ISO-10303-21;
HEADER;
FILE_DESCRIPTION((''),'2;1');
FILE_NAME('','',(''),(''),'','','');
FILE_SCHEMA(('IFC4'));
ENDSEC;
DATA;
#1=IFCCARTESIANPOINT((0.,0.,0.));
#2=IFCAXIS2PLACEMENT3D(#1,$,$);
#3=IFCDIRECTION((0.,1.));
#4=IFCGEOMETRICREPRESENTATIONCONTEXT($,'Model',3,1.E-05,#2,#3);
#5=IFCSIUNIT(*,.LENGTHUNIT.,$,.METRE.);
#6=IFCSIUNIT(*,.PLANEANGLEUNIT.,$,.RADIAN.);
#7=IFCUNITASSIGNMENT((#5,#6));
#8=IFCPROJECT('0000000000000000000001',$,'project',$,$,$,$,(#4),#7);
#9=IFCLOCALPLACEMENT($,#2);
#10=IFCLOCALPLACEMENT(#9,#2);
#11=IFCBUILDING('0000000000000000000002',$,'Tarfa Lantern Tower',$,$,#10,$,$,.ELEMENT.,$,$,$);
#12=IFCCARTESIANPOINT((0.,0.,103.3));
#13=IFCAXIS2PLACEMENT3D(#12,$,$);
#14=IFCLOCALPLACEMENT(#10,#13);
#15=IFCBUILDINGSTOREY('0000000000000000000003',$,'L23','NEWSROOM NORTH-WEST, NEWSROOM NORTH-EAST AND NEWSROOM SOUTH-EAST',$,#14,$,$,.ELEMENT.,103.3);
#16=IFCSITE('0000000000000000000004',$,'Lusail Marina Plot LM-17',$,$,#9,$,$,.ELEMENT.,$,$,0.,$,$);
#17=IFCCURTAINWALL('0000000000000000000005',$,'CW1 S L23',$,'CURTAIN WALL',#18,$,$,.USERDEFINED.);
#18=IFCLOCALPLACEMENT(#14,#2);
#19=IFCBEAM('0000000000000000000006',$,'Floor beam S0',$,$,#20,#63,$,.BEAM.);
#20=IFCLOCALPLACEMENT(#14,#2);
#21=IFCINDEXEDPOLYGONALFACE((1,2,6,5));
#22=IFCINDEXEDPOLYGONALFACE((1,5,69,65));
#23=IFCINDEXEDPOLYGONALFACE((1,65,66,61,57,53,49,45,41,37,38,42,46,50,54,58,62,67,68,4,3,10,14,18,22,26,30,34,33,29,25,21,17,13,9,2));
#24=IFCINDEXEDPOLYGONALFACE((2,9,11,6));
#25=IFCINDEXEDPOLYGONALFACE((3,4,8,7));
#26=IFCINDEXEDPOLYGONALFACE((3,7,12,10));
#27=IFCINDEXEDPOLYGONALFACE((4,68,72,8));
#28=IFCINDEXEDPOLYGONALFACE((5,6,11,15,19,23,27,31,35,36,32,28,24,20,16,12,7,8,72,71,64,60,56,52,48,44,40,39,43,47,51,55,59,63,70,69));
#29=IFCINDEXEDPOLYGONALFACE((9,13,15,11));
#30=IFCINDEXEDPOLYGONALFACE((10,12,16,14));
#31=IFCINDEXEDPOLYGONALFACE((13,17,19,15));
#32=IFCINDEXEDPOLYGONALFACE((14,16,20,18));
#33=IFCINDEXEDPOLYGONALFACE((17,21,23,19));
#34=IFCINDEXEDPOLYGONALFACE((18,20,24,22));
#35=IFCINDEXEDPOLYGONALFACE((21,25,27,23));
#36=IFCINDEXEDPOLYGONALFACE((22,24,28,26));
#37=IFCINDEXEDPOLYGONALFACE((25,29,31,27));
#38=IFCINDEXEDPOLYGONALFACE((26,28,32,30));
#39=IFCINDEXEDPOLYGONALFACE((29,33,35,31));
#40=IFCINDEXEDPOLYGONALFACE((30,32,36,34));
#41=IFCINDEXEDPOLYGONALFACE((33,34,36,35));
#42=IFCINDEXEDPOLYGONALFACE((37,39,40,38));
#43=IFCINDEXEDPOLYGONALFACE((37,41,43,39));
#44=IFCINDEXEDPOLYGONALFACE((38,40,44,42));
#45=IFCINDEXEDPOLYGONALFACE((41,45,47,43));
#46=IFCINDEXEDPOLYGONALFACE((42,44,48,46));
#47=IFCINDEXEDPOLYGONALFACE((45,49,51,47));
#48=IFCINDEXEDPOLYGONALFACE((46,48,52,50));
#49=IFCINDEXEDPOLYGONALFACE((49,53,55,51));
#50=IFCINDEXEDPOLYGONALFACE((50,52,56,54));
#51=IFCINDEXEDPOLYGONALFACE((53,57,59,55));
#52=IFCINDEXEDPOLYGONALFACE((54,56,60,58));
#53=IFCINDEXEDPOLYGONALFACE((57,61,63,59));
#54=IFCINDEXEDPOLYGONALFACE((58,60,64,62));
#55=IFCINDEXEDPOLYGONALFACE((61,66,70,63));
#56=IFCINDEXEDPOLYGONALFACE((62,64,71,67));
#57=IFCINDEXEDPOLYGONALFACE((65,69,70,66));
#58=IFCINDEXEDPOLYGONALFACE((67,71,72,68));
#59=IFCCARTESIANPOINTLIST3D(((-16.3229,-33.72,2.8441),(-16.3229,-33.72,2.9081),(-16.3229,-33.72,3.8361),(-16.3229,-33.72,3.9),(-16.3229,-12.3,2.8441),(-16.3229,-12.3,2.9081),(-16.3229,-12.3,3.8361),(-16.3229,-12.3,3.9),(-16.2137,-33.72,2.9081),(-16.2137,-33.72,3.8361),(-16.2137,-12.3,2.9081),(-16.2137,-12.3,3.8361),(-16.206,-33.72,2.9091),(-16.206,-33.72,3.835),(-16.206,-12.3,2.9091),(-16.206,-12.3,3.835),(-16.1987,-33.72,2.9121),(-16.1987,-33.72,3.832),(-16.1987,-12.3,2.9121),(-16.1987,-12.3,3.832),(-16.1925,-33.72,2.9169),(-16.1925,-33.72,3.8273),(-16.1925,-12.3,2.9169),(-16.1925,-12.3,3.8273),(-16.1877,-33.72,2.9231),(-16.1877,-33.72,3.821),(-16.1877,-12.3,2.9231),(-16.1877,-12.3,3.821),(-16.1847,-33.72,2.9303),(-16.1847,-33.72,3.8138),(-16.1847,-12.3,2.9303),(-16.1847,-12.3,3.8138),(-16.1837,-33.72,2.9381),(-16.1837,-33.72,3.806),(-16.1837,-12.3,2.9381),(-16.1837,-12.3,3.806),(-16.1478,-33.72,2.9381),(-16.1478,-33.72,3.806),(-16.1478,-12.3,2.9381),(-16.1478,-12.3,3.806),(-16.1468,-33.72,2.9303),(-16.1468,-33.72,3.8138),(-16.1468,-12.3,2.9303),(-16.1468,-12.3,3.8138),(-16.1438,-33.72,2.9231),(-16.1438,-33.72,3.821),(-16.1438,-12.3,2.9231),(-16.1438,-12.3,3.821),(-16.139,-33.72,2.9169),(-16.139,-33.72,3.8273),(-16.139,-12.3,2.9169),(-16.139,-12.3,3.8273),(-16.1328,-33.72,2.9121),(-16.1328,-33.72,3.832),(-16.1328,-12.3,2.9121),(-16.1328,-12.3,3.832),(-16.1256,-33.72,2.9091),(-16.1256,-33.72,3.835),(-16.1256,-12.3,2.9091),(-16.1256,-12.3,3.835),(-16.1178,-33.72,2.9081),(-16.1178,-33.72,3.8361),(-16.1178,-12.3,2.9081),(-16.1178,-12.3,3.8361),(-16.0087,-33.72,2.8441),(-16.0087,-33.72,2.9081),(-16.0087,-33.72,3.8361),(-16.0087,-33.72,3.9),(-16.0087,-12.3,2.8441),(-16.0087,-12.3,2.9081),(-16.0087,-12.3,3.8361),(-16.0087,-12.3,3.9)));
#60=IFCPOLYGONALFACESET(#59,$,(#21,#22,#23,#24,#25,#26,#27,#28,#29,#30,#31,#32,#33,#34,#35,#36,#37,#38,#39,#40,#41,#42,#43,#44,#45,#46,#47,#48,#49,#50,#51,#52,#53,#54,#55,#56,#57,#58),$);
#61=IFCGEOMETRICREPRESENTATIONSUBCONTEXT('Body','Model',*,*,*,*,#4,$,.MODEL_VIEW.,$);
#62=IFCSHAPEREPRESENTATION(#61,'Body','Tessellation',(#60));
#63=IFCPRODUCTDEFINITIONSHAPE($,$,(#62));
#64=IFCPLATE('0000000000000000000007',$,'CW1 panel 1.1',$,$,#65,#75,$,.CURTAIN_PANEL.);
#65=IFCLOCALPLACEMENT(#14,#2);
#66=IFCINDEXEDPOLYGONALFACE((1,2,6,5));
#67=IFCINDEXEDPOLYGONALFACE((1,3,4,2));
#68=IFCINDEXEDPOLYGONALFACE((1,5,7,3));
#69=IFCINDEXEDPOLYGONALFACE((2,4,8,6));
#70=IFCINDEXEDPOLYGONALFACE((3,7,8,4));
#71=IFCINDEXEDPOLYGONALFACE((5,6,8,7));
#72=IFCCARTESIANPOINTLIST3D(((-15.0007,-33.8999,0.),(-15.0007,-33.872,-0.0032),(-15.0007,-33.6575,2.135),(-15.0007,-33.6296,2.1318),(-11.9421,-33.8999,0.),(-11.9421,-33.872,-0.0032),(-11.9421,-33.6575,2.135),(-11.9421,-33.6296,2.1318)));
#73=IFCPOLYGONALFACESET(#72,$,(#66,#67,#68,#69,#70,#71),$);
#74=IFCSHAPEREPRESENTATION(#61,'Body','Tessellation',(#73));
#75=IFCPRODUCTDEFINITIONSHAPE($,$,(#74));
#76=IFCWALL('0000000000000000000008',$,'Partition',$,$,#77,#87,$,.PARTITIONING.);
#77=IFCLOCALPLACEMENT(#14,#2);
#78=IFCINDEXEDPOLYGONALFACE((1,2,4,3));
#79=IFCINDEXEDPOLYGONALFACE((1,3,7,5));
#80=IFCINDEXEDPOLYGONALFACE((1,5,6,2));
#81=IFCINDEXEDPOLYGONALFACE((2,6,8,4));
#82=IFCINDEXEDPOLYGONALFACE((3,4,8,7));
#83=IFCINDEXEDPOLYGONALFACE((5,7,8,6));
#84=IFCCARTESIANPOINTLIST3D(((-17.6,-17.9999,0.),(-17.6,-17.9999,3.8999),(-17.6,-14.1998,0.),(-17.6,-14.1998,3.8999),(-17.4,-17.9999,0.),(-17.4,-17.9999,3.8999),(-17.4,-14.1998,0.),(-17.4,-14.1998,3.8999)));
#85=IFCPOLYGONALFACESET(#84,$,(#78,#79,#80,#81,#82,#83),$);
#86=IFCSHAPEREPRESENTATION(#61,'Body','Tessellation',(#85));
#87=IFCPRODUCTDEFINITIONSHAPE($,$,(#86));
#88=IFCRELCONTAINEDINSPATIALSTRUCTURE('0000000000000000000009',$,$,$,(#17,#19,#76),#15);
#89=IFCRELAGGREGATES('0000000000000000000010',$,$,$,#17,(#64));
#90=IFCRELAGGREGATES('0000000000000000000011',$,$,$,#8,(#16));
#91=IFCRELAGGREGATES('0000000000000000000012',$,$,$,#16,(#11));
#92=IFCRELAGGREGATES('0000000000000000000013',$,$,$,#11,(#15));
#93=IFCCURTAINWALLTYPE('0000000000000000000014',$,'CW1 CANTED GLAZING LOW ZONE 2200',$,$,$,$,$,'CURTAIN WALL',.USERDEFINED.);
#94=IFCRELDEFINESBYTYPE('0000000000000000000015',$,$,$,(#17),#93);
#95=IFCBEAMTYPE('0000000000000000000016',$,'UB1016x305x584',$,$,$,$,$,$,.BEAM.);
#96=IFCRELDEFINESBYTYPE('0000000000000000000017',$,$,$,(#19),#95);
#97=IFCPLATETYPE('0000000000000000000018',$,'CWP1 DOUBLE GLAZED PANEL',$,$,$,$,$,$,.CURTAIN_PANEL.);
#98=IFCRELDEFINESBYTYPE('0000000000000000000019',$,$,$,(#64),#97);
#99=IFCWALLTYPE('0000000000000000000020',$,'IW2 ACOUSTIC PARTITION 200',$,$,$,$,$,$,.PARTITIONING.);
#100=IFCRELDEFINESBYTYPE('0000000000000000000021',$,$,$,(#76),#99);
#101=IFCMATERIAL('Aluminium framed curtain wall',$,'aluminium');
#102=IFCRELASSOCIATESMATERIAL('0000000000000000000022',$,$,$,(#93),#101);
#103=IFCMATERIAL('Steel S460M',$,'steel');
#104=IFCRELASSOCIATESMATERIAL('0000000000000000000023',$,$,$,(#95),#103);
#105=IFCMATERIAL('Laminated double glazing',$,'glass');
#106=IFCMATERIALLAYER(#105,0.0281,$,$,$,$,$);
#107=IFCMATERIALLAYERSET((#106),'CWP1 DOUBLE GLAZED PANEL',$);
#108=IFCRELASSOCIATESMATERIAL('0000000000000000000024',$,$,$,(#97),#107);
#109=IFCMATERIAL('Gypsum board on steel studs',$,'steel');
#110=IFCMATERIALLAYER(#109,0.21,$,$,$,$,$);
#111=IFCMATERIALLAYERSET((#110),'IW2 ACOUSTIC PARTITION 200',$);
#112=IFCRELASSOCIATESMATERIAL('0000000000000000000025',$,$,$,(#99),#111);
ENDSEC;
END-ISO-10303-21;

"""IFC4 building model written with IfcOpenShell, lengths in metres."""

from ifc_helpers import new_model, si_unit, direction, frame, frame_2d, origin, origin_2d, place, context, subcontext, project, spatial, polyline, rectangle, i_section, outline, extrude, material, layer, layer_set, material_profile, profile_set, type_object, element, aggregate, save


model = new_model("IFC4")

# Units and contexts
model_context = context("Model", 3, precision=1e-05, world=origin(), true_north=direction((0.0, 1.0)))
body_context = subcontext(model_context, "Body", "Model", "MODEL_VIEW")
ifc_project = project(units=[si_unit("LENGTHUNIT", "METRE"), si_unit("PLANEANGLEUNIT", "RADIAN")], contexts=[model_context])

# Site, building, storey
site_placement = place(None, origin())
site = spatial("IfcSite", under=ifc_project, at=site_placement, Name="Lusail Marina Plot LM-17", CompositionType="ELEMENT", RefElevation=0.0)
building_placement = place(site_placement, origin())
building = spatial("IfcBuilding", under=site, at=building_placement, Name="Tarfa Lantern Tower", CompositionType="ELEMENT")
storey_placement = place(building_placement, frame((0.0, 0.0, 103.3)))
storey = spatial("IfcBuildingStorey", under=building, at=storey_placement, Name="L23", Description="NEWSROOM NORTH-WEST, NEWSROOM NORTH-EAST AND NEWSROOM SOUTH-EAST", CompositionType="ELEMENT", Elevation=103.3)

# Curtain wall
ifc_material_1 = material(Name="Aluminium framed curtain wall", Category="aluminium")
curtain_wall_type = type_object("IfcCurtainWallType", Name="CW1 CANTED GLAZING LOW ZONE 2200", ElementType="CURTAIN WALL", PredefinedType="USERDEFINED", material=ifc_material_1)
curtain_wall_placement = place(storey_placement, origin())
curtain_wall = element("IfcCurtainWall", 1, at=curtain_wall_placement, inside=storey, type_object=curtain_wall_type, Name="CW1 S L23", ObjectType="CURTAIN WALL", PredefinedType="USERDEFINED")

# Beam
ifc_material_2 = material(Name="Steel S460M", Category="steel")
ifc_material_profile_1 = material_profile(ifc_material_2, i_section(OverallWidth=0.3142, OverallDepth=1.0559, WebThickness=0.0359, FlangeThickness=0.064, FilletRadius=0.03, at=origin_2d()), Name="UB1016x305x584")
ifc_profile_set_1 = profile_set([ifc_material_profile_1], Name="Steel S460M")
beam_type_1 = type_object("IfcBeamType", Name="UB1016x305x584", PredefinedType="BEAM", material=ifc_profile_set_1)
beam_1_placement = place(storey_placement, frame((-16.1658, -33.72, 3.3721), z_axis=(0.0, 1.0, 0.0), x_axis=(-1.0, 0.0, 0.0)))
element("IfcBeam", 2, at=beam_1_placement, inside=storey, type_object=beam_type_1, Name="Floor beam S0", PredefinedType="BEAM", context=body_context, shape_type="SweptSolid", body=[
    extrude(i_section(OverallWidth=0.3142, OverallDepth=1.0559, WebThickness=0.0359, FlangeThickness=0.064, FilletRadius=0.03, at=origin_2d()), origin(), (0.0, 0.0, 1.0), 21.4199),
])

# Plate
ifc_material_3 = material(Name="Laminated double glazing", Category="glass")
ifc_layer_1 = layer(ifc_material_3, 0.0281)
ifc_layer_set_1 = layer_set([ifc_layer_1], Name="CWP1 DOUBLE GLAZED PANEL")
plate_type = type_object("IfcPlateType", Name="CWP1 DOUBLE GLAZED PANEL", PredefinedType="CURTAIN_PANEL", material=ifc_layer_set_1)
plate_placement = place(storey_placement, frame((-15.0007, -33.8999, 0.0), z_axis=(0.0, -0.993615, 0.112826), x_axis=(1.0, 0.0, 0.0)))
plate = element("IfcPlate", 3, at=plate_placement, type_object=plate_type, Name="CW1 panel 1.1", PredefinedType="CURTAIN_PANEL", context=body_context, shape_type="SweptSolid", body=[
    extrude(outline(polyline([(0.0, 0.0), (3.0586, 0.0), (3.0586, 2.1487), (0.0, 2.1487), (0.0, 0.0)])), origin(), (0.0, 0.0, -1.0), 0.0281),
])
aggregate(curtain_wall, [plate])

# Wall
ifc_material_4 = material(Name="Gypsum board on steel studs", Category="steel")
ifc_layer_2 = layer(ifc_material_4, 0.21)
ifc_layer_set_2 = layer_set([ifc_layer_2], Name="IW2 ACOUSTIC PARTITION 200")
wall_type = type_object("IfcWallType", Name="IW2 ACOUSTIC PARTITION 200", PredefinedType="PARTITIONING", material=ifc_layer_set_2)
wall_placement = place(storey_placement, frame((-17.5, -14.2, 0.0), z_axis=(0.0, 0.0, 1.0), x_axis=(0.0, -1.0, 0.0)))
element("IfcWall", 4, at=wall_placement, inside=storey, type_object=wall_type, Name="Partition", PredefinedType="PARTITIONING", context=body_context, shape_type="SweptSolid", body=[
    extrude(rectangle(XDim=3.8, YDim=0.2, at=frame_2d((1.8999, 0.0))), origin(), (0.0, 0.0, 1.0), 3.8999),
])

save(model, "model.ifc")
